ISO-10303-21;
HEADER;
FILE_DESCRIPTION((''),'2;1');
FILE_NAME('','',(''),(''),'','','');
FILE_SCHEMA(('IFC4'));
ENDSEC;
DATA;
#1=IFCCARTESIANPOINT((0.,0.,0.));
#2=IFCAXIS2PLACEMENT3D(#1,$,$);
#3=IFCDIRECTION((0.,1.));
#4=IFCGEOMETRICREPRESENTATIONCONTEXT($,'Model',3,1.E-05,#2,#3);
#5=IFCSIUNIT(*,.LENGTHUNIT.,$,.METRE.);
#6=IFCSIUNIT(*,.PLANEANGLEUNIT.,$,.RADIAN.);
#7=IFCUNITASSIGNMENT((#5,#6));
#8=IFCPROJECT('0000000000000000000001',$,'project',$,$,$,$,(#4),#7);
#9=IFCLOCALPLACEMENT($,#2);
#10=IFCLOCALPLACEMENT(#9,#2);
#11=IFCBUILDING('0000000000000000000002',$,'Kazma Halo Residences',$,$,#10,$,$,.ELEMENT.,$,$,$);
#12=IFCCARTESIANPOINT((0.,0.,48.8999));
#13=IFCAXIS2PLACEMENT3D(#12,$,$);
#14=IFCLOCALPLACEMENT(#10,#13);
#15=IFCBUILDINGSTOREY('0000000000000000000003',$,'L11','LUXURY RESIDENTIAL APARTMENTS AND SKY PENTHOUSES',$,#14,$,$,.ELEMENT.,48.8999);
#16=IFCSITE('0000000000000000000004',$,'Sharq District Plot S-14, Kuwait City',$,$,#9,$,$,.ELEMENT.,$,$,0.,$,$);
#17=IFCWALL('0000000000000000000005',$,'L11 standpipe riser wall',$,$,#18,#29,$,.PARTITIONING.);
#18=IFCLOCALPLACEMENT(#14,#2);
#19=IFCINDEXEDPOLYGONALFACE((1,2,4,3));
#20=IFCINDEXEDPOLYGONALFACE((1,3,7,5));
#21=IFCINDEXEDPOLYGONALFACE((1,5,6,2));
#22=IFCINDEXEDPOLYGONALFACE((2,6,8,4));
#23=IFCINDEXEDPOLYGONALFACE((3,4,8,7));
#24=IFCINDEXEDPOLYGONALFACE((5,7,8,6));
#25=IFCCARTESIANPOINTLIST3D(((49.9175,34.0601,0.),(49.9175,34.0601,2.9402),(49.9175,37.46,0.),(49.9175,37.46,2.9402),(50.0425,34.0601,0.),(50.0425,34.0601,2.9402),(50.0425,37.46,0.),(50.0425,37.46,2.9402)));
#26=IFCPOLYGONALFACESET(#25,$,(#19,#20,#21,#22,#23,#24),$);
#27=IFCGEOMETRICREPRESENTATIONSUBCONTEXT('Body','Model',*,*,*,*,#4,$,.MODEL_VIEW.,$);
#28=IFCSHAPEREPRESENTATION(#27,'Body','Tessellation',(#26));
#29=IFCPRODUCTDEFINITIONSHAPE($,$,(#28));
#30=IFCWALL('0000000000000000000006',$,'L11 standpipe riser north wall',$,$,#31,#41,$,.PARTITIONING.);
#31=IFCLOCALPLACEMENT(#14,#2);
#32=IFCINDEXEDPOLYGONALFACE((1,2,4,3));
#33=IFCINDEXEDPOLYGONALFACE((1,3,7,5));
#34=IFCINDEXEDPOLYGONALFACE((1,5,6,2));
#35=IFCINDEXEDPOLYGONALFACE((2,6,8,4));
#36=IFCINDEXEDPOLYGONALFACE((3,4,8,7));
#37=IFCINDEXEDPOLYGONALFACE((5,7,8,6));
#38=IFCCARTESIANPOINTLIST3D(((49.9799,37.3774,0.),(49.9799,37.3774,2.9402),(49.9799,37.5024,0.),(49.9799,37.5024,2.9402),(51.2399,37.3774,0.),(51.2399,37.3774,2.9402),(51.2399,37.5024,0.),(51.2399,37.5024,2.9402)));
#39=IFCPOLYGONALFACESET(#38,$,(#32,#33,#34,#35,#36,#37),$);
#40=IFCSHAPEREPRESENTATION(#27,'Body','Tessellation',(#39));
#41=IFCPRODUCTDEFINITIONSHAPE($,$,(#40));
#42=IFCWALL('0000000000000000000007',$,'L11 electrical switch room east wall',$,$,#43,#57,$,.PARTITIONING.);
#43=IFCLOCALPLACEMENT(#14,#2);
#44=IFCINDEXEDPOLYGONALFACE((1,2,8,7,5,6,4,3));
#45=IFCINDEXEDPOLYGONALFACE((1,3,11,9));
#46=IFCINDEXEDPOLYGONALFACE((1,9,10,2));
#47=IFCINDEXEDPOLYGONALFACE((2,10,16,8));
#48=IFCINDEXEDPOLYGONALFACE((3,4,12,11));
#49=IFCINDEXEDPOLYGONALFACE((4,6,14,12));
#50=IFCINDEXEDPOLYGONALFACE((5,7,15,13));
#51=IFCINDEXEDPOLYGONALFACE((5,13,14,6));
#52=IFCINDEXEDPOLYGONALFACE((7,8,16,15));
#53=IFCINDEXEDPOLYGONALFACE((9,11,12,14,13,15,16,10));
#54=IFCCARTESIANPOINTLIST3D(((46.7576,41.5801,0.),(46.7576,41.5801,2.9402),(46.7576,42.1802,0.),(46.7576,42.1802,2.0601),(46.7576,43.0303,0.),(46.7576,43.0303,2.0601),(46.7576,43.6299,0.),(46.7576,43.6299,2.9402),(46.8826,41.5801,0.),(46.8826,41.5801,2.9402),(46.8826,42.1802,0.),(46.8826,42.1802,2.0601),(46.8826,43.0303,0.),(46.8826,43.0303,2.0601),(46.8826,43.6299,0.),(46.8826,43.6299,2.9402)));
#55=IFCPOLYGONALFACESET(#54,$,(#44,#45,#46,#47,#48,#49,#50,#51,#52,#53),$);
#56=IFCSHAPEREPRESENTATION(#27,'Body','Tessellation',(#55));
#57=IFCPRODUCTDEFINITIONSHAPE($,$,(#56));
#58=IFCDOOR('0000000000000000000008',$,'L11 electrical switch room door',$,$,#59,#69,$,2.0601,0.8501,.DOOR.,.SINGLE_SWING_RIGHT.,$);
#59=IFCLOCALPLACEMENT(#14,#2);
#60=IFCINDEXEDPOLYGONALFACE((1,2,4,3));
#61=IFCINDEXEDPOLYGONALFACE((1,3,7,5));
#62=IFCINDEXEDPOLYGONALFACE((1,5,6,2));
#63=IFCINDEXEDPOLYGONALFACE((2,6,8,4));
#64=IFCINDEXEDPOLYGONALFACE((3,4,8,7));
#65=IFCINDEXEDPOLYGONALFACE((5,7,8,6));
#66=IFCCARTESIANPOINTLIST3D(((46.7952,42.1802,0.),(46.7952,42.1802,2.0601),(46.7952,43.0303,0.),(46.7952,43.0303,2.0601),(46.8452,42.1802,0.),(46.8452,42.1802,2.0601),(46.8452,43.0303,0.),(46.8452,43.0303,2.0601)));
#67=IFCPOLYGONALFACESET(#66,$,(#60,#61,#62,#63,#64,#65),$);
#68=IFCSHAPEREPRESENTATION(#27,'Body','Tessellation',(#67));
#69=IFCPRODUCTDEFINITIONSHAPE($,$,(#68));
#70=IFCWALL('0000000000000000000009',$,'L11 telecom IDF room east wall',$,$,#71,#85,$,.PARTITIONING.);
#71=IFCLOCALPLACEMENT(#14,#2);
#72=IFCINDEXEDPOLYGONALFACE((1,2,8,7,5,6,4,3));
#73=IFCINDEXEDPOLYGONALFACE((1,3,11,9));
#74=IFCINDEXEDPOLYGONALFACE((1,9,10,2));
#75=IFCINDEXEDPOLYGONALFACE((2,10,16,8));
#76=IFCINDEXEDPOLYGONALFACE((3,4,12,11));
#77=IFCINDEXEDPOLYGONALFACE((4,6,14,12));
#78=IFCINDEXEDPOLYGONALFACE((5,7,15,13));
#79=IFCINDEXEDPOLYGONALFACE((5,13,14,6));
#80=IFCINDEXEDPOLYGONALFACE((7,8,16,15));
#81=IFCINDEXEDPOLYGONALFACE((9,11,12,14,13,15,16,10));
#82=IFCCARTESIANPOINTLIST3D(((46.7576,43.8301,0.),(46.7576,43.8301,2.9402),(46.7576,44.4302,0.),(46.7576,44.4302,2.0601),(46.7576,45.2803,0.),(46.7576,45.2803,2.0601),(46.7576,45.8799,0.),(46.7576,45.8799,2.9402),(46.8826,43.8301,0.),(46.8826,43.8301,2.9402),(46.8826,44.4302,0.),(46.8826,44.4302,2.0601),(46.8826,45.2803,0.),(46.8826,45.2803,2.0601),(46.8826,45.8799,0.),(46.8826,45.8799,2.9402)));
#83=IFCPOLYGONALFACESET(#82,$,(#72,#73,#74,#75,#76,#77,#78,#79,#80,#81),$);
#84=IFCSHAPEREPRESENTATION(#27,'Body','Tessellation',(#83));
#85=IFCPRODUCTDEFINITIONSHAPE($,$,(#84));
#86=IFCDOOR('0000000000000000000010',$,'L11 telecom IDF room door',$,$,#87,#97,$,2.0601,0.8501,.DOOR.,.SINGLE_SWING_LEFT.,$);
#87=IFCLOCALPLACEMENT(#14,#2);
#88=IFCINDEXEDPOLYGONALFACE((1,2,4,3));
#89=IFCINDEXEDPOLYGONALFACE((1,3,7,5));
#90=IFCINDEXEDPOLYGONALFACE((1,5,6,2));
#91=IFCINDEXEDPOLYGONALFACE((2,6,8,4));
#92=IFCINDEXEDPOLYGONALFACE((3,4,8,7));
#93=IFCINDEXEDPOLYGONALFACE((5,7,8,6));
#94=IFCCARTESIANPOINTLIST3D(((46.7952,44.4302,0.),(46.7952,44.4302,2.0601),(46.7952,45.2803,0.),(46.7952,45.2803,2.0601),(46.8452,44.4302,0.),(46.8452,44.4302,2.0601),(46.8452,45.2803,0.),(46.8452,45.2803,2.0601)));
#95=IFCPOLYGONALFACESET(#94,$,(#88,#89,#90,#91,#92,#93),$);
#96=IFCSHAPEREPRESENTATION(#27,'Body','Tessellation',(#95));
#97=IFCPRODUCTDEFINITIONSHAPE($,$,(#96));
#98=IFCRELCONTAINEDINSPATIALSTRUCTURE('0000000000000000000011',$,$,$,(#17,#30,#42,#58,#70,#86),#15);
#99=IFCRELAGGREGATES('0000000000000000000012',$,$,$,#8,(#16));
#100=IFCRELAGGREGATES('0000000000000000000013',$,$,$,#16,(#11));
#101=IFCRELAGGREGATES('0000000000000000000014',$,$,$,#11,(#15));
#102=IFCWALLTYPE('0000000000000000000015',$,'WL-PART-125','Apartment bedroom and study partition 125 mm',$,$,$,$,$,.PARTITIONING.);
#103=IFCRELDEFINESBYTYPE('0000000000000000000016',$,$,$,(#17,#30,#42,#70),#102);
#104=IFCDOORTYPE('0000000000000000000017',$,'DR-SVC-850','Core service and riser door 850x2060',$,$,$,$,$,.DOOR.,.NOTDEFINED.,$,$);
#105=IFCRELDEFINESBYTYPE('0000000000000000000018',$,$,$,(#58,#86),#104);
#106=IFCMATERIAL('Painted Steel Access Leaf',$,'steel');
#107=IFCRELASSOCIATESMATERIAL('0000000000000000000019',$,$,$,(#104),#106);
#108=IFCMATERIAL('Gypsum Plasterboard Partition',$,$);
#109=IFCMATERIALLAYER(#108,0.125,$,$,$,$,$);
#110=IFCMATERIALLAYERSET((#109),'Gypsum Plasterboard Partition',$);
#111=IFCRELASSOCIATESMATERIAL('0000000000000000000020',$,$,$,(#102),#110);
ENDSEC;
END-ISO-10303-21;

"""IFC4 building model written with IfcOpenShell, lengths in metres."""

from ifc_helpers import new_model, si_unit, direction, frame, frame_2d, origin, place, context, subcontext, project, spatial, rectangle, extrude, material, layer, layer_set, type_object, element, fill, save


model = new_model("IFC4")

# Units and contexts
model_context = context("Model", 3, precision=1e-05, world=origin(), true_north=direction((0.0, 1.0)))
body_context = subcontext(model_context, "Body", "Model", "MODEL_VIEW")
ifc_project = project(units=[si_unit("LENGTHUNIT", "METRE"), si_unit("PLANEANGLEUNIT", "RADIAN")], contexts=[model_context])

# Site, building, storey
site_placement = place(None, origin())
site = spatial("IfcSite", under=ifc_project, at=site_placement, Name="Sharq District Plot S-14, Kuwait City", CompositionType="ELEMENT", RefElevation=0.0)
building_placement = place(site_placement, origin())
building = spatial("IfcBuilding", under=site, at=building_placement, Name="Kazma Halo Residences", CompositionType="ELEMENT")
storey_placement = place(building_placement, frame((0.0, 0.0, 48.8999)))
storey = spatial("IfcBuildingStorey", under=building, at=storey_placement, Name="L11", Description="LUXURY RESIDENTIAL APARTMENTS AND SKY PENTHOUSES", CompositionType="ELEMENT", Elevation=48.8999)

# Shared definitions
ifc_material_1 = material(Name="Painted Steel Access Leaf", Category="steel")
door_type_1 = type_object("IfcDoorType", Name="DR-SVC-850", Description="Core service and riser door 850x2060", OperationType="NOTDEFINED", PredefinedType="DOOR", material=ifc_material_1)

# Walls
ifc_material_2 = material(Name="Gypsum Plasterboard Partition")
ifc_layer_1 = layer(ifc_material_2, 0.125)
ifc_layer_set_1 = layer_set([ifc_layer_1], Name="Gypsum Plasterboard Partition")
wall_type_1 = type_object("IfcWallType", Name="WL-PART-125", Description="Apartment bedroom and study partition 125 mm", PredefinedType="PARTITIONING", material=ifc_layer_set_1)
wall_1_placement = place(storey_placement, frame((49.98, 34.0601, 0.0), z_axis=(0.0, 0.0, 1.0), x_axis=(0.0, 1.0, 0.0)))
element("IfcWall", 1, at=wall_1_placement, inside=storey, type_object=wall_type_1, Name="L11 standpipe riser wall", PredefinedType="PARTITIONING", context=body_context, shape_type="SweptSolid", body=[
    extrude(rectangle(XDim=3.3999, YDim=0.125, at=frame_2d((1.7, 0.0))), origin(), (0.0, 0.0, 1.0), 2.9402),
])
wall_2_placement = place(storey_placement, frame((49.98, 37.4399, 0.0), z_axis=(0.0, 0.0, 1.0), x_axis=(1.0, 0.0, 0.0)))
element("IfcWall", 2, at=wall_2_placement, inside=storey, type_object=wall_type_1, Name="L11 standpipe riser north wall", PredefinedType="PARTITIONING", context=body_context, shape_type="SweptSolid", body=[
    extrude(rectangle(XDim=1.26, YDim=0.125, at=frame_2d((0.6299, 0.0))), origin(), (0.0, 0.0, 1.0), 2.9402),
])

# Walls, openings, doors
wall_3_placement = place(storey_placement, frame((46.8201, 41.5801, 0.0), z_axis=(0.0, 0.0, 1.0), x_axis=(0.0, 1.0, 0.0)))
wall_3 = element("IfcWall", 3, at=wall_3_placement, inside=storey, type_object=wall_type_1, Name="L11 electrical switch room east wall", PredefinedType="PARTITIONING", context=body_context, shape_type="SweptSolid", body=[
    extrude(rectangle(XDim=2.0498, YDim=0.125, at=frame_2d((1.0249, 0.0))), origin(), (0.0, 0.0, 1.0), 2.9402),
])
opening_1_placement = place(wall_3_placement, frame((0.6001, 0.0, 0.0)))
opening_1 = element("IfcOpeningElement", 4, at=opening_1_placement, cuts=wall_3, PredefinedType="OPENING", context=body_context, shape_type="SweptSolid", body=[
    extrude(rectangle(XDim=0.8501, YDim=2.0601, at=frame_2d((0.425, 1.03))), frame((0.0, 0.0725, 0.0), z_axis=(0.0, -1.0, 0.0), x_axis=(1.0, 0.0, 0.0)), (0.0, 0.0, 1.0), 0.145),
])
door_1_placement = place(opening_1_placement, origin())
door_1 = element("IfcDoor", 5, at=door_1_placement, inside=storey, type_object=door_type_1, Name="L11 electrical switch room door", OperationType="SINGLE_SWING_RIGHT", OverallHeight=2.0601, OverallWidth=0.8501, PredefinedType="DOOR", context=body_context, shape_type="SweptSolid", body=[
    extrude(rectangle(XDim=0.8501, YDim=2.0601, at=frame_2d((0.425, 1.03))), frame((0.0, 0.0249, 0.0), z_axis=(0.0, -1.0, 0.0), x_axis=(1.0, 0.0, 0.0)), (0.0, 0.0, 1.0), 0.05),
])
fill(opening_1, door_1)
wall_4_placement = place(storey_placement, frame((46.8201, 43.8301, 0.0), z_axis=(0.0, 0.0, 1.0), x_axis=(0.0, 1.0, 0.0)))
wall_4 = element("IfcWall", 6, at=wall_4_placement, inside=storey, type_object=wall_type_1, Name="L11 telecom IDF room east wall", PredefinedType="PARTITIONING", context=body_context, shape_type="SweptSolid", body=[
    extrude(rectangle(XDim=2.0498, YDim=0.125, at=frame_2d((1.0249, 0.0))), origin(), (0.0, 0.0, 1.0), 2.9402),
])
opening_2_placement = place(wall_4_placement, frame((0.6001, 0.0, 0.0)))
opening_2 = element("IfcOpeningElement", 7, at=opening_2_placement, cuts=wall_4, PredefinedType="OPENING", context=body_context, shape_type="SweptSolid", body=[
    extrude(rectangle(XDim=0.8501, YDim=2.0601, at=frame_2d((0.425, 1.03))), frame((0.0, 0.0725, 0.0), z_axis=(0.0, -1.0, 0.0), x_axis=(1.0, 0.0, 0.0)), (0.0, 0.0, 1.0), 0.145),
])
door_2_placement = place(opening_2_placement, origin())
door_2 = element("IfcDoor", 8, at=door_2_placement, inside=storey, type_object=door_type_1, Name="L11 telecom IDF room door", OperationType="SINGLE_SWING_LEFT", OverallHeight=2.0601, OverallWidth=0.8501, PredefinedType="DOOR", context=body_context, shape_type="SweptSolid", body=[
    extrude(rectangle(XDim=0.8501, YDim=2.0601, at=frame_2d((0.425, 1.03))), frame((0.0, 0.0249, 0.0), z_axis=(0.0, -1.0, 0.0), x_axis=(1.0, 0.0, 0.0)), (0.0, 0.0, 1.0), 0.05),
])
fill(opening_2, door_2)

save(model, "model.ifc")
